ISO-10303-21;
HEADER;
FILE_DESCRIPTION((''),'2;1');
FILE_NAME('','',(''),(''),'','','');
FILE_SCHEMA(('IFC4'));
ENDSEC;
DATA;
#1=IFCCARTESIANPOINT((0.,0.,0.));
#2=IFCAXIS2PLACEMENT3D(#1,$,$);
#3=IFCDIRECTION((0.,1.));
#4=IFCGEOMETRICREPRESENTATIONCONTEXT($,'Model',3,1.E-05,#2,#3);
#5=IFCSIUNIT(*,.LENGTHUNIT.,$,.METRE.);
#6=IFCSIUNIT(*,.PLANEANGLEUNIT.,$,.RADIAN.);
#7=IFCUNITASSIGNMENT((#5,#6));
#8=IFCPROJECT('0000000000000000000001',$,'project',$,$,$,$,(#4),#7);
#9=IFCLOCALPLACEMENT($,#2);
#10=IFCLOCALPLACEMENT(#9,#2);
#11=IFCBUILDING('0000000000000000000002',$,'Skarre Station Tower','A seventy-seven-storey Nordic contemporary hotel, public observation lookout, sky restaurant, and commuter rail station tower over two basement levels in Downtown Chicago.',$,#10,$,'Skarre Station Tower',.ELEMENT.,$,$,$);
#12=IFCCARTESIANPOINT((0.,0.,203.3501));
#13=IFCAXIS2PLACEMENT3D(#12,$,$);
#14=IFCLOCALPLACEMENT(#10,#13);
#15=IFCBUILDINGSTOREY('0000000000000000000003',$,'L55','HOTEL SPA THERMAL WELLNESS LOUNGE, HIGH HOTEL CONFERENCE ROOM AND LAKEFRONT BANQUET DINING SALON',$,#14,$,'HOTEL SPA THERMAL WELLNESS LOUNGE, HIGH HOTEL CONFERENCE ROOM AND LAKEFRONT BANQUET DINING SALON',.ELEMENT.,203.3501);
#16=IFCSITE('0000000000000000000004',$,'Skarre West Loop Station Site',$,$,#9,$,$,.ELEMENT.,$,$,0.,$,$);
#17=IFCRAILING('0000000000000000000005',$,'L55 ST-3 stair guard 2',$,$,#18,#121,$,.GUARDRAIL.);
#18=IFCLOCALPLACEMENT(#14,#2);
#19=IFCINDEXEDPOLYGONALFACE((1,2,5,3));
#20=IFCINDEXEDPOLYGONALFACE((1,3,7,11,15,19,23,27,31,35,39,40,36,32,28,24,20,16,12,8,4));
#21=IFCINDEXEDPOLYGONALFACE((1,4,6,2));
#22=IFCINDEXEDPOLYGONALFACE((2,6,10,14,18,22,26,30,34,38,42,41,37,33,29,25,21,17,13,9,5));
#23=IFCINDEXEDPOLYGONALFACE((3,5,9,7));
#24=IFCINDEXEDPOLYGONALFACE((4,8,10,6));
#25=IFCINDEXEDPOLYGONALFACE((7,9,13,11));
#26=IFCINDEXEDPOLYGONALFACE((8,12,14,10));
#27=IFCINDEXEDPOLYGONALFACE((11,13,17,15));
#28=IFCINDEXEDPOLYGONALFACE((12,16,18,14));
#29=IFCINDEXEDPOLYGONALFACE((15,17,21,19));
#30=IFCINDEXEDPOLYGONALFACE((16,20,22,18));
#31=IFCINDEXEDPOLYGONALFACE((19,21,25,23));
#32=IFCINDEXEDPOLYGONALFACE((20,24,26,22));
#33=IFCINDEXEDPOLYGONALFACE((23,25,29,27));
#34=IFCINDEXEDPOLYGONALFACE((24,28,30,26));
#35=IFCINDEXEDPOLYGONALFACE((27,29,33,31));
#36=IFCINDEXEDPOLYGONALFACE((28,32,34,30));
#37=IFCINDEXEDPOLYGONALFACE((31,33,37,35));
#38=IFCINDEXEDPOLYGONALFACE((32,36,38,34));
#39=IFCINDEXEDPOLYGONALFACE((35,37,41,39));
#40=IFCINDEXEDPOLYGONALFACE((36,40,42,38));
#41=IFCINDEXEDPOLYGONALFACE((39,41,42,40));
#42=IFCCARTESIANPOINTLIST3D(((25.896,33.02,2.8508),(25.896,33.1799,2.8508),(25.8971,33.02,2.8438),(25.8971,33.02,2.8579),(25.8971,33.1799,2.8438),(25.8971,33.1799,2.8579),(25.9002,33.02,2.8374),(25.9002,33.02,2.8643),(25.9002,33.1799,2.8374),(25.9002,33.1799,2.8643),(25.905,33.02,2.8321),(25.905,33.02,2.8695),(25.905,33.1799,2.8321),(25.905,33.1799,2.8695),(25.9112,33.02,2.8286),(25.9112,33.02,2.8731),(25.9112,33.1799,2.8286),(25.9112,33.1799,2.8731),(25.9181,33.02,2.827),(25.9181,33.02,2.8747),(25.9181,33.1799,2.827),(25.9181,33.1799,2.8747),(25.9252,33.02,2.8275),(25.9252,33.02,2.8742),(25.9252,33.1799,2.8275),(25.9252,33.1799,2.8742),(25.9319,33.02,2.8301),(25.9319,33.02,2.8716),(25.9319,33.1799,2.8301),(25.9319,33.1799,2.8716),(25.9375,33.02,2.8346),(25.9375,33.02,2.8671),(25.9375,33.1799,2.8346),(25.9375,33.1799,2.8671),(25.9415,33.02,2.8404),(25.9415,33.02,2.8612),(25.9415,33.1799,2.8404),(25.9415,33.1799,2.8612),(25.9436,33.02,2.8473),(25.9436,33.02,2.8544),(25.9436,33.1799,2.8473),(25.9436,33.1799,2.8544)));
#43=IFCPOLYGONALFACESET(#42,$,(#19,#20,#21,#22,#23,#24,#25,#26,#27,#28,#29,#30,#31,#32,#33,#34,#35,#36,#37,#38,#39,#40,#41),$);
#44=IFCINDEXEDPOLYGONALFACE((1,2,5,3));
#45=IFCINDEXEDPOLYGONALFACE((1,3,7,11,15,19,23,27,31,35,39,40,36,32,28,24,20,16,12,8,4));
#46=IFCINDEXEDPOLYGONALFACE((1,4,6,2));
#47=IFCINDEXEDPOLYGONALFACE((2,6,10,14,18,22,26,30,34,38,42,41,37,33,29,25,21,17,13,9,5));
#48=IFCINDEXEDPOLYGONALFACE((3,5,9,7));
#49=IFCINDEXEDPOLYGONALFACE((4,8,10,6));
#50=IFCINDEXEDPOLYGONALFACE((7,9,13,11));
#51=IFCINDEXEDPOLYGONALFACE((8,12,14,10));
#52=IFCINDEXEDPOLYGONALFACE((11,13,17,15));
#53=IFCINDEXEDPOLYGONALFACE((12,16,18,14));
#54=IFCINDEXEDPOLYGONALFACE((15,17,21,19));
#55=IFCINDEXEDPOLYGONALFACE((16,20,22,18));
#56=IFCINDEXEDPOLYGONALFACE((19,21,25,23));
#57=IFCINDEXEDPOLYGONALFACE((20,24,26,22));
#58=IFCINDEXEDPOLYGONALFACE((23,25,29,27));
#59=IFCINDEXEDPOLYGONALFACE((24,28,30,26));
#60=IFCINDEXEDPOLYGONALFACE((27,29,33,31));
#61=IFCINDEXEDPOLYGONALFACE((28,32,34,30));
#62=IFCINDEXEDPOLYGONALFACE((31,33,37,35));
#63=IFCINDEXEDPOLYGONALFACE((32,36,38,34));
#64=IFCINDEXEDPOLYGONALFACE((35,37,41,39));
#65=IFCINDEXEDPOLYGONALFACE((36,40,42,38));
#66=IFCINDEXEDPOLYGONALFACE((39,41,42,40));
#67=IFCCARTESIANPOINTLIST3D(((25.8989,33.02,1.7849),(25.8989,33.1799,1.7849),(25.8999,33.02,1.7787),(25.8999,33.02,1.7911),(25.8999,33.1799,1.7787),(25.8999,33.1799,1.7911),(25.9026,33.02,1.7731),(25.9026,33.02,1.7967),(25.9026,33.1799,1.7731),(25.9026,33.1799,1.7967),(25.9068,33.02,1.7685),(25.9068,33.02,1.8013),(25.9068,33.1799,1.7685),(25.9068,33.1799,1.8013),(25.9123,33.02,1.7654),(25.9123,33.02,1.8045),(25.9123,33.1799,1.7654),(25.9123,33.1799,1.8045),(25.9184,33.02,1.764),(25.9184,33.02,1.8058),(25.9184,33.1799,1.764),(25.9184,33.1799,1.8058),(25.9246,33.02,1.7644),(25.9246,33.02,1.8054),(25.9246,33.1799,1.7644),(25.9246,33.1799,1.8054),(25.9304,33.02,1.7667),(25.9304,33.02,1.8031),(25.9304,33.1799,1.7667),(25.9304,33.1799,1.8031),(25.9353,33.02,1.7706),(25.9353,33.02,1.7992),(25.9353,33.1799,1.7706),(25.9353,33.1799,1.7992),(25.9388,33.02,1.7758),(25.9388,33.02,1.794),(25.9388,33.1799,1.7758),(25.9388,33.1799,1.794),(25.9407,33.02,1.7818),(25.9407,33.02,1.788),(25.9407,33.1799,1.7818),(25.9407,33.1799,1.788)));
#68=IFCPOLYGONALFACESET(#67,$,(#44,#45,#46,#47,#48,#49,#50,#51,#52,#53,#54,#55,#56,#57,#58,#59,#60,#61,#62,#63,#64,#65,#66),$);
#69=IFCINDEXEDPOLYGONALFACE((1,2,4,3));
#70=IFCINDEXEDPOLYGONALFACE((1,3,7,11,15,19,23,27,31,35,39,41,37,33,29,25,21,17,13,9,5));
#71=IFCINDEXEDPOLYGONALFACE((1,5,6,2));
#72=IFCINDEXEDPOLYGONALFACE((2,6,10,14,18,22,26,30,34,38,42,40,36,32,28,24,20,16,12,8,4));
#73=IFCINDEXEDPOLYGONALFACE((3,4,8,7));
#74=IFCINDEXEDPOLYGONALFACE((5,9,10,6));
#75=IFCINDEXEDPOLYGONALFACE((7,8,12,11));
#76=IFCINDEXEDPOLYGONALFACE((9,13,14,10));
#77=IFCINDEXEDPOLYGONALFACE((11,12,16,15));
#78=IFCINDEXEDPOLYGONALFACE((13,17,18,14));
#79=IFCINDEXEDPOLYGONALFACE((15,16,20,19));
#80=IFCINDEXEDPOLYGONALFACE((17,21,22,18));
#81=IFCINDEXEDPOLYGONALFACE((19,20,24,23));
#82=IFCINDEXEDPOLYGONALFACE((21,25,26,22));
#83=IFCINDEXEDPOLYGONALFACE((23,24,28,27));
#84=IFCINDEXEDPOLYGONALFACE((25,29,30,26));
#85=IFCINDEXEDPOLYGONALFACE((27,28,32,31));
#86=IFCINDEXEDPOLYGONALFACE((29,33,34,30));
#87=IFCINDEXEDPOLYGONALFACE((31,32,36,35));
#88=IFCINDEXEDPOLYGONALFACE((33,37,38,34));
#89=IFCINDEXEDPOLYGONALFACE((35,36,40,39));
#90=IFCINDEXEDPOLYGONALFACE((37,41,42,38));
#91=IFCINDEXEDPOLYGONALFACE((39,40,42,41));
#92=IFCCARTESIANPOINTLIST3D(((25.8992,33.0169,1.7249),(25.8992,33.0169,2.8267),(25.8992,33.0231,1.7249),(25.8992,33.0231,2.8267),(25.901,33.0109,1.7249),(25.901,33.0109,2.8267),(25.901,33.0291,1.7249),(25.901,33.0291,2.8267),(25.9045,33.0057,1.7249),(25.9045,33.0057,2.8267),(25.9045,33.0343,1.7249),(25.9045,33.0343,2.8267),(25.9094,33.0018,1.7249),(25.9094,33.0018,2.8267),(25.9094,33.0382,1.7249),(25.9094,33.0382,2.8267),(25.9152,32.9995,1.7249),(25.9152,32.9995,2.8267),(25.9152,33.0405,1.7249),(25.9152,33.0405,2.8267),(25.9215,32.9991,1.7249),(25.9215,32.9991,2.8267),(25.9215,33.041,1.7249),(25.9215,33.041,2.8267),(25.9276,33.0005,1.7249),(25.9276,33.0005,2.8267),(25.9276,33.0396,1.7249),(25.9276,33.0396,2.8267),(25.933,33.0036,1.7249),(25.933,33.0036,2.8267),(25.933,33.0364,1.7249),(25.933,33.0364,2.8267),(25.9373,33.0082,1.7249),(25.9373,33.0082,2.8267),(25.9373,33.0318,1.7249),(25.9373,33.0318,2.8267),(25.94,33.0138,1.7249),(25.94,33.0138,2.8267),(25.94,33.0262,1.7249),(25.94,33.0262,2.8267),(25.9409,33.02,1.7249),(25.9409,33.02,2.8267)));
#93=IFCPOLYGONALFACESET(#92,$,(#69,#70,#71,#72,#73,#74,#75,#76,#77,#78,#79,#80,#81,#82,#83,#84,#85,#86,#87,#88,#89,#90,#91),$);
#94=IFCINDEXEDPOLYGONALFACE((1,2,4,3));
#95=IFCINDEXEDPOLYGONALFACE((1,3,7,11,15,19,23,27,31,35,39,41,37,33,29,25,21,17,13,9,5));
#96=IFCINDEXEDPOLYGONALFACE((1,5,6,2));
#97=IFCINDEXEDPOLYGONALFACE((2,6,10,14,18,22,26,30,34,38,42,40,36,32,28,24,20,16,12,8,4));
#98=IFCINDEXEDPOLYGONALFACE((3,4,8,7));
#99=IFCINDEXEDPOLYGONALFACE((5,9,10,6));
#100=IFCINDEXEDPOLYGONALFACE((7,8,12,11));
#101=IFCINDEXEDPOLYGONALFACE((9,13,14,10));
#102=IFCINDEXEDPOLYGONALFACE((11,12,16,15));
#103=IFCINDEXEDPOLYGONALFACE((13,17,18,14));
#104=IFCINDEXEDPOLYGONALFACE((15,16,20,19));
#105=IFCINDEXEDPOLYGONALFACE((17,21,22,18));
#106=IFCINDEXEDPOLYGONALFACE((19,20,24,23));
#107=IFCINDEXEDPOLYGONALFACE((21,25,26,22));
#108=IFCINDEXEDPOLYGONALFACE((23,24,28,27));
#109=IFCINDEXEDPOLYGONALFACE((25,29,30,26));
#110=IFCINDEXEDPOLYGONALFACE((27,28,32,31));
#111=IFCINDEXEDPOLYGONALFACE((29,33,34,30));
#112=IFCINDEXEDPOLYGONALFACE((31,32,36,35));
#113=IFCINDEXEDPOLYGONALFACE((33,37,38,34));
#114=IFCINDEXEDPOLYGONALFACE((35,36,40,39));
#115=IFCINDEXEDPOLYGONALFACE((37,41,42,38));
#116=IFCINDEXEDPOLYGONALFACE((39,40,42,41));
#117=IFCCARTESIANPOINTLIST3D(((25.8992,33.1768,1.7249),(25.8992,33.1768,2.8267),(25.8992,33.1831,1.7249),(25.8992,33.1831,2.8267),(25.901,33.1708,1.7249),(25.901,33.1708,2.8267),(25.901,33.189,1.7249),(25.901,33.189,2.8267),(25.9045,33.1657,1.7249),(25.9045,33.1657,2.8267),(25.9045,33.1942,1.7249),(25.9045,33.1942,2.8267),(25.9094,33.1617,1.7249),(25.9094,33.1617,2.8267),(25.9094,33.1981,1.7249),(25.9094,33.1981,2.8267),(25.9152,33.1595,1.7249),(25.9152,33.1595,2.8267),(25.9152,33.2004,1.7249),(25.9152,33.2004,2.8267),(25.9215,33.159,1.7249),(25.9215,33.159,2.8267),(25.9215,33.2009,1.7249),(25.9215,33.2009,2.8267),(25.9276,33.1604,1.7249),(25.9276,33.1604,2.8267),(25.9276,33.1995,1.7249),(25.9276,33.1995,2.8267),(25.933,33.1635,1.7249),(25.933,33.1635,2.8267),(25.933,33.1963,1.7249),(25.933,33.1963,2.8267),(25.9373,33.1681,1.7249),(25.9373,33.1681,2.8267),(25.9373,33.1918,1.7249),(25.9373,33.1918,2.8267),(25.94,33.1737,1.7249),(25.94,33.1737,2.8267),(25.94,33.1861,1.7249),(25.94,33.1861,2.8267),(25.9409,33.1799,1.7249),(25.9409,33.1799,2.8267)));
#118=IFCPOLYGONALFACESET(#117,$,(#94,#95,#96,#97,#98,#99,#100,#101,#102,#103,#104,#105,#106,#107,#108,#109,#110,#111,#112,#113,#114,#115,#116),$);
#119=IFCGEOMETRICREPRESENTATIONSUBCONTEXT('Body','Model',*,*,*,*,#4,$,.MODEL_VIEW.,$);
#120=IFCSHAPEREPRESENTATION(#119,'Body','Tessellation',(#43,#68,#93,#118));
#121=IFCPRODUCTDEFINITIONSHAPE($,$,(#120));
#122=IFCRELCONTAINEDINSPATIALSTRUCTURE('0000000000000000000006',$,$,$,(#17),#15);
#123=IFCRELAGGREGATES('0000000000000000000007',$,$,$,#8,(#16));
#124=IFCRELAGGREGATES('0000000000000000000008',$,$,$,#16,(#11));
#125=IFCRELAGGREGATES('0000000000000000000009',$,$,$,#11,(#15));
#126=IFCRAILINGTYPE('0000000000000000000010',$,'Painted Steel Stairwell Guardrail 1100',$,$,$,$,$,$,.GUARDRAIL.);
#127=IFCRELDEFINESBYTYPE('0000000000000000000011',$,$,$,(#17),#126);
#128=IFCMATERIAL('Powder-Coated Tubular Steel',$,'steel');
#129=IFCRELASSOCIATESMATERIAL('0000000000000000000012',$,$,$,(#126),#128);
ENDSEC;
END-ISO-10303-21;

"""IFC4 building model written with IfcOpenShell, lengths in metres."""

from ifc_helpers import new_model, si_unit, direction, frame, origin, origin_2d, place, context, subcontext, project, spatial, circle, extrude, material, type_object, element, save


model = new_model("IFC4")

# Units and contexts
model_context = context("Model", 3, precision=1e-05, world=origin(), true_north=direction((0.0, 1.0)))
body_context = subcontext(model_context, "Body", "Model", "MODEL_VIEW")
ifc_project = project(units=[si_unit("LENGTHUNIT", "METRE"), si_unit("PLANEANGLEUNIT", "RADIAN")], contexts=[model_context])

# Site, building, storey
site_placement = place(None, origin())
site = spatial("IfcSite", under=ifc_project, at=site_placement, Name="Skarre West Loop Station Site", CompositionType="ELEMENT", RefElevation=0.0)
building_placement = place(site_placement, origin())
building = spatial("IfcBuilding", under=site, at=building_placement, Name="Skarre Station Tower", Description="A seventy-seven-storey Nordic contemporary hotel, public observation lookout, sky restaurant, and commuter rail station tower over two basement levels in Downtown Chicago.", LongName="Skarre Station Tower", CompositionType="ELEMENT")
storey_placement = place(building_placement, frame((0.0, 0.0, 203.3501)))
storey = spatial("IfcBuildingStorey", under=building, at=storey_placement, Name="L55", Description="HOTEL SPA THERMAL WELLNESS LOUNGE, HIGH HOTEL CONFERENCE ROOM AND LAKEFRONT BANQUET DINING SALON", LongName="HOTEL SPA THERMAL WELLNESS LOUNGE, HIGH HOTEL CONFERENCE ROOM AND LAKEFRONT BANQUET DINING SALON", CompositionType="ELEMENT", Elevation=203.3501)

# Railing
ifc_material_1 = material(Name="Powder-Coated Tubular Steel", Category="steel")
railing_type_1 = type_object("IfcRailingType", Name="Painted Steel Stairwell Guardrail 1100", PredefinedType="GUARDRAIL", material=ifc_material_1)
railing_1_placement = place(storey_placement, frame((25.9199, 33.02, 1.7249)))
element("IfcRailing", 1, at=railing_1_placement, inside=storey, type_object=railing_type_1, Name="L55 ST-3 stair guard 2", PredefinedType="GUARDRAIL", context=body_context, shape_type="SweptSolid", body=[
    extrude(circle(Radius=0.0239, at=origin_2d()), frame((0.0, 0.0, 1.126), z_axis=(0.0, 1.0, 0.0), x_axis=(-1.0, 0.0, 0.0)), (0.0, 0.0, 1.0), 0.1599),
    extrude(circle(Radius=0.021, at=origin_2d()), frame((0.0, 0.0, 0.0601), z_axis=(0.0, 1.0, 0.0), x_axis=(-1.0, 0.0, 0.0)), (0.0, 0.0, 1.0), 0.1599),
    extrude(circle(Radius=0.021, at=origin_2d()), origin(), (0.0, 0.0, 1.0), 1.1018),
    extrude(circle(Radius=0.021, at=origin_2d()), frame((0.0, 0.1599, 0.0)), (0.0, 0.0, 1.0), 1.1018),
])

save(model, "model.ifc")
